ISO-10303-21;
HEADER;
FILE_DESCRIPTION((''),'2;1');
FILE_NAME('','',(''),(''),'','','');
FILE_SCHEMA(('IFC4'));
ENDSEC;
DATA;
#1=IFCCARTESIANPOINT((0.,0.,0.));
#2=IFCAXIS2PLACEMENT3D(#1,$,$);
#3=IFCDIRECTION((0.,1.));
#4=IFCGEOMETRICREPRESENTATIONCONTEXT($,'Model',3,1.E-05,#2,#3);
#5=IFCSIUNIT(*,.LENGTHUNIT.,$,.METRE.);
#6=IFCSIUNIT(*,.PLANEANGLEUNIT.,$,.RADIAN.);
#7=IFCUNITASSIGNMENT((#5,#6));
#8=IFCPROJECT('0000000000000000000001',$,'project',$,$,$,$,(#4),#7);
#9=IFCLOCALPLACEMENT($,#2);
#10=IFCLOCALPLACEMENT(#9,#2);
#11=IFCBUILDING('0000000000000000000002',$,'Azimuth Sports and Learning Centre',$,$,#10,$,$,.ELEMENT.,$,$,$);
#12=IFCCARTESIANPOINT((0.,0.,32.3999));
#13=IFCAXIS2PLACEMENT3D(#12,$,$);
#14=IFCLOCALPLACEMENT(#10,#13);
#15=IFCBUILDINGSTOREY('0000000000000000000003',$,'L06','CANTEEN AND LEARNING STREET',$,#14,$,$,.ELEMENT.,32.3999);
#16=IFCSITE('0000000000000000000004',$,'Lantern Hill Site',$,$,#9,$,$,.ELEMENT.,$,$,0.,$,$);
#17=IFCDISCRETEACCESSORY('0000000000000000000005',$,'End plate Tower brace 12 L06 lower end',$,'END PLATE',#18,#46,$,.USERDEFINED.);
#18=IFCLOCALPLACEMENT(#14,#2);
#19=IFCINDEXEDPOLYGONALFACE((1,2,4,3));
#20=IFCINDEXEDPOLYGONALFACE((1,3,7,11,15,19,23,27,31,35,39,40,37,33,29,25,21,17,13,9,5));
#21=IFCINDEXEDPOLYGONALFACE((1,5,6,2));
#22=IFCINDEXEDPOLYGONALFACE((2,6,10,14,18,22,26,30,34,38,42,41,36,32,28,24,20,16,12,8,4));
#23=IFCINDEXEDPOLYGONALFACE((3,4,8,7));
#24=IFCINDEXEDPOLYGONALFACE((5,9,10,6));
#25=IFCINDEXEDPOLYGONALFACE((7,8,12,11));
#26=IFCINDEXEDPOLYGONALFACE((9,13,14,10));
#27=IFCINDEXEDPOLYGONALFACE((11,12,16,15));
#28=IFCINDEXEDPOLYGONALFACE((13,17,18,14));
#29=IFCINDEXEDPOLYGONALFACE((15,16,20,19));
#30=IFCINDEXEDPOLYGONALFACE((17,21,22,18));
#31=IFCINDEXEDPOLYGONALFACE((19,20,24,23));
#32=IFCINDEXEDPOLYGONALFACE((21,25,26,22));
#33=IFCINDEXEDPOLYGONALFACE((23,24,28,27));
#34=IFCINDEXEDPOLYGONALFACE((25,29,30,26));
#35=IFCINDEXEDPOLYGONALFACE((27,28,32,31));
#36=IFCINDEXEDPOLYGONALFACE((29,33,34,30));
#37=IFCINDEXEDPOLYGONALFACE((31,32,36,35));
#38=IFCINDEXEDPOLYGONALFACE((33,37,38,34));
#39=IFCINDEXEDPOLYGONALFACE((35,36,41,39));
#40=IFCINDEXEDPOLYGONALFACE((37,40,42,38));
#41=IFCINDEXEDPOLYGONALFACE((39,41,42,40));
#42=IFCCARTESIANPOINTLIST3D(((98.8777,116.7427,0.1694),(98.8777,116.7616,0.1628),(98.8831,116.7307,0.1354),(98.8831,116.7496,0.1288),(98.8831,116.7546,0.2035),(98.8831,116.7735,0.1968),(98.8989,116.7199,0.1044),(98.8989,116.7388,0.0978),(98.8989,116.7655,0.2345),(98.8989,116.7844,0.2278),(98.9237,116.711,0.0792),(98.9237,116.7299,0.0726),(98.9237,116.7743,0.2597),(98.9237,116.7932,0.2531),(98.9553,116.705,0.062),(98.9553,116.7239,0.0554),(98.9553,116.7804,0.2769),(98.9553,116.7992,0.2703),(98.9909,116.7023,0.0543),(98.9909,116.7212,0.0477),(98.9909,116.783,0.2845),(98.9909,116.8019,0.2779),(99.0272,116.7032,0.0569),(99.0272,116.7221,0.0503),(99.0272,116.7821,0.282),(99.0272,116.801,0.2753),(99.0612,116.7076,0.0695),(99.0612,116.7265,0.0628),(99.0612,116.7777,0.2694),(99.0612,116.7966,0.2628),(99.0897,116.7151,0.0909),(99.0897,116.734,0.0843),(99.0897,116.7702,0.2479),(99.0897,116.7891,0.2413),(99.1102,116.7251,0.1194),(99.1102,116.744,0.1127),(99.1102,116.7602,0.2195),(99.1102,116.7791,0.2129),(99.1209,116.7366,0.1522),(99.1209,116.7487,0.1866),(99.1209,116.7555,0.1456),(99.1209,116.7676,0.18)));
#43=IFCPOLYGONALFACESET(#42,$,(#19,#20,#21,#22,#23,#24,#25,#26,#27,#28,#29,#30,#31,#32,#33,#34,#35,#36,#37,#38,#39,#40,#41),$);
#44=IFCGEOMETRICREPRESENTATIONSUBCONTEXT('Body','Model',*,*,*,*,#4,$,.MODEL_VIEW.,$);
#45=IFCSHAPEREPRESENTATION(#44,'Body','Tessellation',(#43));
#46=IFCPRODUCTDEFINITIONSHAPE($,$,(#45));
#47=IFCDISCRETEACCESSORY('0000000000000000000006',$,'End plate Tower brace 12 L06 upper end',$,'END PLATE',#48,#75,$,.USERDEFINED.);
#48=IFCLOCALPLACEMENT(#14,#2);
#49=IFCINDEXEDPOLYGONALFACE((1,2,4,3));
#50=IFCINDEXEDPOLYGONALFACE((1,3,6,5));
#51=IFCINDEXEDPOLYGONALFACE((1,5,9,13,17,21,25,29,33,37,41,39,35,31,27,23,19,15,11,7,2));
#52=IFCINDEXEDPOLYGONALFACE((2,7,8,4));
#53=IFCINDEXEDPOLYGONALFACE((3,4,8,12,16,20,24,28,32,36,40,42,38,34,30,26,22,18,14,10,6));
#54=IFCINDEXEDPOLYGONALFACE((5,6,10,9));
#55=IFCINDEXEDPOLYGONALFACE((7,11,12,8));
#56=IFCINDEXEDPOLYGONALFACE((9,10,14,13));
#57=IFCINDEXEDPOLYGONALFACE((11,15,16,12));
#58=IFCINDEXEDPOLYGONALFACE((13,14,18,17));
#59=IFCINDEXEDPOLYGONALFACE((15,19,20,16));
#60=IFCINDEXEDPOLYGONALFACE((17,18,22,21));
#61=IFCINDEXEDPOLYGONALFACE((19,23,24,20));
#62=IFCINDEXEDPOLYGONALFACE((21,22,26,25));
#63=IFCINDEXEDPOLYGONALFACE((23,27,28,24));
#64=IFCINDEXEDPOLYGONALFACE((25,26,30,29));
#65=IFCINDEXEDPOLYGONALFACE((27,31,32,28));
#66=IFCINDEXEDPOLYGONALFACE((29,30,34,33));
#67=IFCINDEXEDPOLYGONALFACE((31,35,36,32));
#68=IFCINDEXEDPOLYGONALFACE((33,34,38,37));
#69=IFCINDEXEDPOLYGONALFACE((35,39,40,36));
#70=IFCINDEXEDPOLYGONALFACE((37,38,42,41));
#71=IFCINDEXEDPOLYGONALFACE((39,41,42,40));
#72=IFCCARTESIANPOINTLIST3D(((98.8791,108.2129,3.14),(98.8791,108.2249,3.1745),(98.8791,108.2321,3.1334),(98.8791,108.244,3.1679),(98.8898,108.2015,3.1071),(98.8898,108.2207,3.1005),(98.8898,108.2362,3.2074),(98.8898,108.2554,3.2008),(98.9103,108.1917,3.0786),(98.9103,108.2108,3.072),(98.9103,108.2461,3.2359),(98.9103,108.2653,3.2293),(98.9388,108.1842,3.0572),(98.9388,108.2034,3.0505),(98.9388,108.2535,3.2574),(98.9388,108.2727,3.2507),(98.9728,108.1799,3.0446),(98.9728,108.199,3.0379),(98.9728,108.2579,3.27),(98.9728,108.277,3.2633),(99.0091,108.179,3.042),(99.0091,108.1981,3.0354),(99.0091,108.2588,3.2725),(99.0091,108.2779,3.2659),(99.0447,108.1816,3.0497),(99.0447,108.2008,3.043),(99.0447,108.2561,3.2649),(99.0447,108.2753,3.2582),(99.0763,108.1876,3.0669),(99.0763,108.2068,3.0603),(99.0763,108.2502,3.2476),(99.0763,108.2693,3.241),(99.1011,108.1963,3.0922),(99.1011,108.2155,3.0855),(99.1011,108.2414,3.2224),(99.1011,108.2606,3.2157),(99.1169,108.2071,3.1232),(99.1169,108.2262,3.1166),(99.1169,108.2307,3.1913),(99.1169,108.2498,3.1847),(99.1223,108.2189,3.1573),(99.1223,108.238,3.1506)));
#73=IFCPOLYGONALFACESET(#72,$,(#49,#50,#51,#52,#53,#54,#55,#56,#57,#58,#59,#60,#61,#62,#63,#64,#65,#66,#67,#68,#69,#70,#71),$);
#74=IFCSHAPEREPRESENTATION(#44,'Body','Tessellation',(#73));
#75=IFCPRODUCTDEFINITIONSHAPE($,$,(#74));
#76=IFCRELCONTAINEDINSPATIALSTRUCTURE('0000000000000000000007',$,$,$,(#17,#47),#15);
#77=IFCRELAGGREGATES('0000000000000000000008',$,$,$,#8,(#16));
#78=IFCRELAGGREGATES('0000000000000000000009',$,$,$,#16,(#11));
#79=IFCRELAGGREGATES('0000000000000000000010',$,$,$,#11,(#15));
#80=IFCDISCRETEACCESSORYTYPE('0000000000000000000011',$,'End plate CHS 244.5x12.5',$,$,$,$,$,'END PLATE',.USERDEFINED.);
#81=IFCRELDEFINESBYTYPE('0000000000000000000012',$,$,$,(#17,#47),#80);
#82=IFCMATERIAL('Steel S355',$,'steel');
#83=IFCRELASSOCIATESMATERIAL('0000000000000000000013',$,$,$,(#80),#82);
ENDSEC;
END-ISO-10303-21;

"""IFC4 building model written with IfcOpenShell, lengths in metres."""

from ifc_helpers import new_model, si_unit, direction, frame, origin, origin_2d, place, context, subcontext, project, spatial, circle, extrude, material, material_profile, profile_set, type_object, element, save


model = new_model("IFC4")

# Units and contexts
model_context = context("Model", 3, precision=1e-05, world=origin(), true_north=direction((0.0, 1.0)))
body_context = subcontext(model_context, "Body", "Model", "MODEL_VIEW")
ifc_project = project(units=[si_unit("LENGTHUNIT", "METRE"), si_unit("PLANEANGLEUNIT", "RADIAN")], contexts=[model_context])

# Site, building, storey
site_placement = place(None, origin())
site = spatial("IfcSite", under=ifc_project, at=site_placement, Name="Lantern Hill Site", CompositionType="ELEMENT", RefElevation=0.0)
building_placement = place(site_placement, origin())
building = spatial("IfcBuilding", under=site, at=building_placement, Name="Azimuth Sports and Learning Centre", CompositionType="ELEMENT")
storey_placement = place(building_placement, frame((0.0, 0.0, 32.3999)))
storey = spatial("IfcBuildingStorey", under=building, at=storey_placement, Name="L06", Description="CANTEEN AND LEARNING STREET", CompositionType="ELEMENT", Elevation=32.3999)

# Discrete accessories
ifc_material_1 = material(Name="Steel S355", Category="steel")
ifc_material_profile_1 = material_profile(ifc_material_1, circle(Radius=0.1223, at=origin_2d()), Name="PL 244 DISC")
ifc_profile_set_1 = profile_set([ifc_material_profile_1], Name="Steel S355")
discrete_accessory_type = type_object("IfcDiscreteAccessoryType", Name="End plate CHS 244.5x12.5", ElementType="END PLATE", PredefinedType="USERDEFINED", material=ifc_profile_set_1)
discrete_accessory_1_placement = place(storey_placement, frame((99.0, 116.7427, 0.1694), z_axis=(0.0, 0.943667, -0.330896), x_axis=(-1.0, 0.0, 0.0)))
element("IfcDiscreteAccessory", 1, at=discrete_accessory_1_placement, inside=storey, type_object=discrete_accessory_type, Name="End plate Tower brace 12 L06 lower end", ObjectType="END PLATE", PredefinedType="USERDEFINED", context=body_context, shape_type="SweptSolid", body=[
    extrude(circle(Radius=0.1223, at=origin_2d()), origin(), (0.0, 0.0, 1.0), 0.02),
])
discrete_accessory_2_placement = place(storey_placement, frame((99.0, 108.238, 3.1506), z_axis=(0.0, -0.944986, 0.327111), x_axis=(1.0, 0.0, 0.0)))
element("IfcDiscreteAccessory", 2, at=discrete_accessory_2_placement, inside=storey, type_object=discrete_accessory_type, Name="End plate Tower brace 12 L06 upper end", ObjectType="END PLATE", PredefinedType="USERDEFINED", context=body_context, shape_type="SweptSolid", body=[
    extrude(circle(Radius=0.1223, at=origin_2d()), origin(), (0.0, 0.0, 1.0), 0.0203),
])

save(model, "model.ifc")
